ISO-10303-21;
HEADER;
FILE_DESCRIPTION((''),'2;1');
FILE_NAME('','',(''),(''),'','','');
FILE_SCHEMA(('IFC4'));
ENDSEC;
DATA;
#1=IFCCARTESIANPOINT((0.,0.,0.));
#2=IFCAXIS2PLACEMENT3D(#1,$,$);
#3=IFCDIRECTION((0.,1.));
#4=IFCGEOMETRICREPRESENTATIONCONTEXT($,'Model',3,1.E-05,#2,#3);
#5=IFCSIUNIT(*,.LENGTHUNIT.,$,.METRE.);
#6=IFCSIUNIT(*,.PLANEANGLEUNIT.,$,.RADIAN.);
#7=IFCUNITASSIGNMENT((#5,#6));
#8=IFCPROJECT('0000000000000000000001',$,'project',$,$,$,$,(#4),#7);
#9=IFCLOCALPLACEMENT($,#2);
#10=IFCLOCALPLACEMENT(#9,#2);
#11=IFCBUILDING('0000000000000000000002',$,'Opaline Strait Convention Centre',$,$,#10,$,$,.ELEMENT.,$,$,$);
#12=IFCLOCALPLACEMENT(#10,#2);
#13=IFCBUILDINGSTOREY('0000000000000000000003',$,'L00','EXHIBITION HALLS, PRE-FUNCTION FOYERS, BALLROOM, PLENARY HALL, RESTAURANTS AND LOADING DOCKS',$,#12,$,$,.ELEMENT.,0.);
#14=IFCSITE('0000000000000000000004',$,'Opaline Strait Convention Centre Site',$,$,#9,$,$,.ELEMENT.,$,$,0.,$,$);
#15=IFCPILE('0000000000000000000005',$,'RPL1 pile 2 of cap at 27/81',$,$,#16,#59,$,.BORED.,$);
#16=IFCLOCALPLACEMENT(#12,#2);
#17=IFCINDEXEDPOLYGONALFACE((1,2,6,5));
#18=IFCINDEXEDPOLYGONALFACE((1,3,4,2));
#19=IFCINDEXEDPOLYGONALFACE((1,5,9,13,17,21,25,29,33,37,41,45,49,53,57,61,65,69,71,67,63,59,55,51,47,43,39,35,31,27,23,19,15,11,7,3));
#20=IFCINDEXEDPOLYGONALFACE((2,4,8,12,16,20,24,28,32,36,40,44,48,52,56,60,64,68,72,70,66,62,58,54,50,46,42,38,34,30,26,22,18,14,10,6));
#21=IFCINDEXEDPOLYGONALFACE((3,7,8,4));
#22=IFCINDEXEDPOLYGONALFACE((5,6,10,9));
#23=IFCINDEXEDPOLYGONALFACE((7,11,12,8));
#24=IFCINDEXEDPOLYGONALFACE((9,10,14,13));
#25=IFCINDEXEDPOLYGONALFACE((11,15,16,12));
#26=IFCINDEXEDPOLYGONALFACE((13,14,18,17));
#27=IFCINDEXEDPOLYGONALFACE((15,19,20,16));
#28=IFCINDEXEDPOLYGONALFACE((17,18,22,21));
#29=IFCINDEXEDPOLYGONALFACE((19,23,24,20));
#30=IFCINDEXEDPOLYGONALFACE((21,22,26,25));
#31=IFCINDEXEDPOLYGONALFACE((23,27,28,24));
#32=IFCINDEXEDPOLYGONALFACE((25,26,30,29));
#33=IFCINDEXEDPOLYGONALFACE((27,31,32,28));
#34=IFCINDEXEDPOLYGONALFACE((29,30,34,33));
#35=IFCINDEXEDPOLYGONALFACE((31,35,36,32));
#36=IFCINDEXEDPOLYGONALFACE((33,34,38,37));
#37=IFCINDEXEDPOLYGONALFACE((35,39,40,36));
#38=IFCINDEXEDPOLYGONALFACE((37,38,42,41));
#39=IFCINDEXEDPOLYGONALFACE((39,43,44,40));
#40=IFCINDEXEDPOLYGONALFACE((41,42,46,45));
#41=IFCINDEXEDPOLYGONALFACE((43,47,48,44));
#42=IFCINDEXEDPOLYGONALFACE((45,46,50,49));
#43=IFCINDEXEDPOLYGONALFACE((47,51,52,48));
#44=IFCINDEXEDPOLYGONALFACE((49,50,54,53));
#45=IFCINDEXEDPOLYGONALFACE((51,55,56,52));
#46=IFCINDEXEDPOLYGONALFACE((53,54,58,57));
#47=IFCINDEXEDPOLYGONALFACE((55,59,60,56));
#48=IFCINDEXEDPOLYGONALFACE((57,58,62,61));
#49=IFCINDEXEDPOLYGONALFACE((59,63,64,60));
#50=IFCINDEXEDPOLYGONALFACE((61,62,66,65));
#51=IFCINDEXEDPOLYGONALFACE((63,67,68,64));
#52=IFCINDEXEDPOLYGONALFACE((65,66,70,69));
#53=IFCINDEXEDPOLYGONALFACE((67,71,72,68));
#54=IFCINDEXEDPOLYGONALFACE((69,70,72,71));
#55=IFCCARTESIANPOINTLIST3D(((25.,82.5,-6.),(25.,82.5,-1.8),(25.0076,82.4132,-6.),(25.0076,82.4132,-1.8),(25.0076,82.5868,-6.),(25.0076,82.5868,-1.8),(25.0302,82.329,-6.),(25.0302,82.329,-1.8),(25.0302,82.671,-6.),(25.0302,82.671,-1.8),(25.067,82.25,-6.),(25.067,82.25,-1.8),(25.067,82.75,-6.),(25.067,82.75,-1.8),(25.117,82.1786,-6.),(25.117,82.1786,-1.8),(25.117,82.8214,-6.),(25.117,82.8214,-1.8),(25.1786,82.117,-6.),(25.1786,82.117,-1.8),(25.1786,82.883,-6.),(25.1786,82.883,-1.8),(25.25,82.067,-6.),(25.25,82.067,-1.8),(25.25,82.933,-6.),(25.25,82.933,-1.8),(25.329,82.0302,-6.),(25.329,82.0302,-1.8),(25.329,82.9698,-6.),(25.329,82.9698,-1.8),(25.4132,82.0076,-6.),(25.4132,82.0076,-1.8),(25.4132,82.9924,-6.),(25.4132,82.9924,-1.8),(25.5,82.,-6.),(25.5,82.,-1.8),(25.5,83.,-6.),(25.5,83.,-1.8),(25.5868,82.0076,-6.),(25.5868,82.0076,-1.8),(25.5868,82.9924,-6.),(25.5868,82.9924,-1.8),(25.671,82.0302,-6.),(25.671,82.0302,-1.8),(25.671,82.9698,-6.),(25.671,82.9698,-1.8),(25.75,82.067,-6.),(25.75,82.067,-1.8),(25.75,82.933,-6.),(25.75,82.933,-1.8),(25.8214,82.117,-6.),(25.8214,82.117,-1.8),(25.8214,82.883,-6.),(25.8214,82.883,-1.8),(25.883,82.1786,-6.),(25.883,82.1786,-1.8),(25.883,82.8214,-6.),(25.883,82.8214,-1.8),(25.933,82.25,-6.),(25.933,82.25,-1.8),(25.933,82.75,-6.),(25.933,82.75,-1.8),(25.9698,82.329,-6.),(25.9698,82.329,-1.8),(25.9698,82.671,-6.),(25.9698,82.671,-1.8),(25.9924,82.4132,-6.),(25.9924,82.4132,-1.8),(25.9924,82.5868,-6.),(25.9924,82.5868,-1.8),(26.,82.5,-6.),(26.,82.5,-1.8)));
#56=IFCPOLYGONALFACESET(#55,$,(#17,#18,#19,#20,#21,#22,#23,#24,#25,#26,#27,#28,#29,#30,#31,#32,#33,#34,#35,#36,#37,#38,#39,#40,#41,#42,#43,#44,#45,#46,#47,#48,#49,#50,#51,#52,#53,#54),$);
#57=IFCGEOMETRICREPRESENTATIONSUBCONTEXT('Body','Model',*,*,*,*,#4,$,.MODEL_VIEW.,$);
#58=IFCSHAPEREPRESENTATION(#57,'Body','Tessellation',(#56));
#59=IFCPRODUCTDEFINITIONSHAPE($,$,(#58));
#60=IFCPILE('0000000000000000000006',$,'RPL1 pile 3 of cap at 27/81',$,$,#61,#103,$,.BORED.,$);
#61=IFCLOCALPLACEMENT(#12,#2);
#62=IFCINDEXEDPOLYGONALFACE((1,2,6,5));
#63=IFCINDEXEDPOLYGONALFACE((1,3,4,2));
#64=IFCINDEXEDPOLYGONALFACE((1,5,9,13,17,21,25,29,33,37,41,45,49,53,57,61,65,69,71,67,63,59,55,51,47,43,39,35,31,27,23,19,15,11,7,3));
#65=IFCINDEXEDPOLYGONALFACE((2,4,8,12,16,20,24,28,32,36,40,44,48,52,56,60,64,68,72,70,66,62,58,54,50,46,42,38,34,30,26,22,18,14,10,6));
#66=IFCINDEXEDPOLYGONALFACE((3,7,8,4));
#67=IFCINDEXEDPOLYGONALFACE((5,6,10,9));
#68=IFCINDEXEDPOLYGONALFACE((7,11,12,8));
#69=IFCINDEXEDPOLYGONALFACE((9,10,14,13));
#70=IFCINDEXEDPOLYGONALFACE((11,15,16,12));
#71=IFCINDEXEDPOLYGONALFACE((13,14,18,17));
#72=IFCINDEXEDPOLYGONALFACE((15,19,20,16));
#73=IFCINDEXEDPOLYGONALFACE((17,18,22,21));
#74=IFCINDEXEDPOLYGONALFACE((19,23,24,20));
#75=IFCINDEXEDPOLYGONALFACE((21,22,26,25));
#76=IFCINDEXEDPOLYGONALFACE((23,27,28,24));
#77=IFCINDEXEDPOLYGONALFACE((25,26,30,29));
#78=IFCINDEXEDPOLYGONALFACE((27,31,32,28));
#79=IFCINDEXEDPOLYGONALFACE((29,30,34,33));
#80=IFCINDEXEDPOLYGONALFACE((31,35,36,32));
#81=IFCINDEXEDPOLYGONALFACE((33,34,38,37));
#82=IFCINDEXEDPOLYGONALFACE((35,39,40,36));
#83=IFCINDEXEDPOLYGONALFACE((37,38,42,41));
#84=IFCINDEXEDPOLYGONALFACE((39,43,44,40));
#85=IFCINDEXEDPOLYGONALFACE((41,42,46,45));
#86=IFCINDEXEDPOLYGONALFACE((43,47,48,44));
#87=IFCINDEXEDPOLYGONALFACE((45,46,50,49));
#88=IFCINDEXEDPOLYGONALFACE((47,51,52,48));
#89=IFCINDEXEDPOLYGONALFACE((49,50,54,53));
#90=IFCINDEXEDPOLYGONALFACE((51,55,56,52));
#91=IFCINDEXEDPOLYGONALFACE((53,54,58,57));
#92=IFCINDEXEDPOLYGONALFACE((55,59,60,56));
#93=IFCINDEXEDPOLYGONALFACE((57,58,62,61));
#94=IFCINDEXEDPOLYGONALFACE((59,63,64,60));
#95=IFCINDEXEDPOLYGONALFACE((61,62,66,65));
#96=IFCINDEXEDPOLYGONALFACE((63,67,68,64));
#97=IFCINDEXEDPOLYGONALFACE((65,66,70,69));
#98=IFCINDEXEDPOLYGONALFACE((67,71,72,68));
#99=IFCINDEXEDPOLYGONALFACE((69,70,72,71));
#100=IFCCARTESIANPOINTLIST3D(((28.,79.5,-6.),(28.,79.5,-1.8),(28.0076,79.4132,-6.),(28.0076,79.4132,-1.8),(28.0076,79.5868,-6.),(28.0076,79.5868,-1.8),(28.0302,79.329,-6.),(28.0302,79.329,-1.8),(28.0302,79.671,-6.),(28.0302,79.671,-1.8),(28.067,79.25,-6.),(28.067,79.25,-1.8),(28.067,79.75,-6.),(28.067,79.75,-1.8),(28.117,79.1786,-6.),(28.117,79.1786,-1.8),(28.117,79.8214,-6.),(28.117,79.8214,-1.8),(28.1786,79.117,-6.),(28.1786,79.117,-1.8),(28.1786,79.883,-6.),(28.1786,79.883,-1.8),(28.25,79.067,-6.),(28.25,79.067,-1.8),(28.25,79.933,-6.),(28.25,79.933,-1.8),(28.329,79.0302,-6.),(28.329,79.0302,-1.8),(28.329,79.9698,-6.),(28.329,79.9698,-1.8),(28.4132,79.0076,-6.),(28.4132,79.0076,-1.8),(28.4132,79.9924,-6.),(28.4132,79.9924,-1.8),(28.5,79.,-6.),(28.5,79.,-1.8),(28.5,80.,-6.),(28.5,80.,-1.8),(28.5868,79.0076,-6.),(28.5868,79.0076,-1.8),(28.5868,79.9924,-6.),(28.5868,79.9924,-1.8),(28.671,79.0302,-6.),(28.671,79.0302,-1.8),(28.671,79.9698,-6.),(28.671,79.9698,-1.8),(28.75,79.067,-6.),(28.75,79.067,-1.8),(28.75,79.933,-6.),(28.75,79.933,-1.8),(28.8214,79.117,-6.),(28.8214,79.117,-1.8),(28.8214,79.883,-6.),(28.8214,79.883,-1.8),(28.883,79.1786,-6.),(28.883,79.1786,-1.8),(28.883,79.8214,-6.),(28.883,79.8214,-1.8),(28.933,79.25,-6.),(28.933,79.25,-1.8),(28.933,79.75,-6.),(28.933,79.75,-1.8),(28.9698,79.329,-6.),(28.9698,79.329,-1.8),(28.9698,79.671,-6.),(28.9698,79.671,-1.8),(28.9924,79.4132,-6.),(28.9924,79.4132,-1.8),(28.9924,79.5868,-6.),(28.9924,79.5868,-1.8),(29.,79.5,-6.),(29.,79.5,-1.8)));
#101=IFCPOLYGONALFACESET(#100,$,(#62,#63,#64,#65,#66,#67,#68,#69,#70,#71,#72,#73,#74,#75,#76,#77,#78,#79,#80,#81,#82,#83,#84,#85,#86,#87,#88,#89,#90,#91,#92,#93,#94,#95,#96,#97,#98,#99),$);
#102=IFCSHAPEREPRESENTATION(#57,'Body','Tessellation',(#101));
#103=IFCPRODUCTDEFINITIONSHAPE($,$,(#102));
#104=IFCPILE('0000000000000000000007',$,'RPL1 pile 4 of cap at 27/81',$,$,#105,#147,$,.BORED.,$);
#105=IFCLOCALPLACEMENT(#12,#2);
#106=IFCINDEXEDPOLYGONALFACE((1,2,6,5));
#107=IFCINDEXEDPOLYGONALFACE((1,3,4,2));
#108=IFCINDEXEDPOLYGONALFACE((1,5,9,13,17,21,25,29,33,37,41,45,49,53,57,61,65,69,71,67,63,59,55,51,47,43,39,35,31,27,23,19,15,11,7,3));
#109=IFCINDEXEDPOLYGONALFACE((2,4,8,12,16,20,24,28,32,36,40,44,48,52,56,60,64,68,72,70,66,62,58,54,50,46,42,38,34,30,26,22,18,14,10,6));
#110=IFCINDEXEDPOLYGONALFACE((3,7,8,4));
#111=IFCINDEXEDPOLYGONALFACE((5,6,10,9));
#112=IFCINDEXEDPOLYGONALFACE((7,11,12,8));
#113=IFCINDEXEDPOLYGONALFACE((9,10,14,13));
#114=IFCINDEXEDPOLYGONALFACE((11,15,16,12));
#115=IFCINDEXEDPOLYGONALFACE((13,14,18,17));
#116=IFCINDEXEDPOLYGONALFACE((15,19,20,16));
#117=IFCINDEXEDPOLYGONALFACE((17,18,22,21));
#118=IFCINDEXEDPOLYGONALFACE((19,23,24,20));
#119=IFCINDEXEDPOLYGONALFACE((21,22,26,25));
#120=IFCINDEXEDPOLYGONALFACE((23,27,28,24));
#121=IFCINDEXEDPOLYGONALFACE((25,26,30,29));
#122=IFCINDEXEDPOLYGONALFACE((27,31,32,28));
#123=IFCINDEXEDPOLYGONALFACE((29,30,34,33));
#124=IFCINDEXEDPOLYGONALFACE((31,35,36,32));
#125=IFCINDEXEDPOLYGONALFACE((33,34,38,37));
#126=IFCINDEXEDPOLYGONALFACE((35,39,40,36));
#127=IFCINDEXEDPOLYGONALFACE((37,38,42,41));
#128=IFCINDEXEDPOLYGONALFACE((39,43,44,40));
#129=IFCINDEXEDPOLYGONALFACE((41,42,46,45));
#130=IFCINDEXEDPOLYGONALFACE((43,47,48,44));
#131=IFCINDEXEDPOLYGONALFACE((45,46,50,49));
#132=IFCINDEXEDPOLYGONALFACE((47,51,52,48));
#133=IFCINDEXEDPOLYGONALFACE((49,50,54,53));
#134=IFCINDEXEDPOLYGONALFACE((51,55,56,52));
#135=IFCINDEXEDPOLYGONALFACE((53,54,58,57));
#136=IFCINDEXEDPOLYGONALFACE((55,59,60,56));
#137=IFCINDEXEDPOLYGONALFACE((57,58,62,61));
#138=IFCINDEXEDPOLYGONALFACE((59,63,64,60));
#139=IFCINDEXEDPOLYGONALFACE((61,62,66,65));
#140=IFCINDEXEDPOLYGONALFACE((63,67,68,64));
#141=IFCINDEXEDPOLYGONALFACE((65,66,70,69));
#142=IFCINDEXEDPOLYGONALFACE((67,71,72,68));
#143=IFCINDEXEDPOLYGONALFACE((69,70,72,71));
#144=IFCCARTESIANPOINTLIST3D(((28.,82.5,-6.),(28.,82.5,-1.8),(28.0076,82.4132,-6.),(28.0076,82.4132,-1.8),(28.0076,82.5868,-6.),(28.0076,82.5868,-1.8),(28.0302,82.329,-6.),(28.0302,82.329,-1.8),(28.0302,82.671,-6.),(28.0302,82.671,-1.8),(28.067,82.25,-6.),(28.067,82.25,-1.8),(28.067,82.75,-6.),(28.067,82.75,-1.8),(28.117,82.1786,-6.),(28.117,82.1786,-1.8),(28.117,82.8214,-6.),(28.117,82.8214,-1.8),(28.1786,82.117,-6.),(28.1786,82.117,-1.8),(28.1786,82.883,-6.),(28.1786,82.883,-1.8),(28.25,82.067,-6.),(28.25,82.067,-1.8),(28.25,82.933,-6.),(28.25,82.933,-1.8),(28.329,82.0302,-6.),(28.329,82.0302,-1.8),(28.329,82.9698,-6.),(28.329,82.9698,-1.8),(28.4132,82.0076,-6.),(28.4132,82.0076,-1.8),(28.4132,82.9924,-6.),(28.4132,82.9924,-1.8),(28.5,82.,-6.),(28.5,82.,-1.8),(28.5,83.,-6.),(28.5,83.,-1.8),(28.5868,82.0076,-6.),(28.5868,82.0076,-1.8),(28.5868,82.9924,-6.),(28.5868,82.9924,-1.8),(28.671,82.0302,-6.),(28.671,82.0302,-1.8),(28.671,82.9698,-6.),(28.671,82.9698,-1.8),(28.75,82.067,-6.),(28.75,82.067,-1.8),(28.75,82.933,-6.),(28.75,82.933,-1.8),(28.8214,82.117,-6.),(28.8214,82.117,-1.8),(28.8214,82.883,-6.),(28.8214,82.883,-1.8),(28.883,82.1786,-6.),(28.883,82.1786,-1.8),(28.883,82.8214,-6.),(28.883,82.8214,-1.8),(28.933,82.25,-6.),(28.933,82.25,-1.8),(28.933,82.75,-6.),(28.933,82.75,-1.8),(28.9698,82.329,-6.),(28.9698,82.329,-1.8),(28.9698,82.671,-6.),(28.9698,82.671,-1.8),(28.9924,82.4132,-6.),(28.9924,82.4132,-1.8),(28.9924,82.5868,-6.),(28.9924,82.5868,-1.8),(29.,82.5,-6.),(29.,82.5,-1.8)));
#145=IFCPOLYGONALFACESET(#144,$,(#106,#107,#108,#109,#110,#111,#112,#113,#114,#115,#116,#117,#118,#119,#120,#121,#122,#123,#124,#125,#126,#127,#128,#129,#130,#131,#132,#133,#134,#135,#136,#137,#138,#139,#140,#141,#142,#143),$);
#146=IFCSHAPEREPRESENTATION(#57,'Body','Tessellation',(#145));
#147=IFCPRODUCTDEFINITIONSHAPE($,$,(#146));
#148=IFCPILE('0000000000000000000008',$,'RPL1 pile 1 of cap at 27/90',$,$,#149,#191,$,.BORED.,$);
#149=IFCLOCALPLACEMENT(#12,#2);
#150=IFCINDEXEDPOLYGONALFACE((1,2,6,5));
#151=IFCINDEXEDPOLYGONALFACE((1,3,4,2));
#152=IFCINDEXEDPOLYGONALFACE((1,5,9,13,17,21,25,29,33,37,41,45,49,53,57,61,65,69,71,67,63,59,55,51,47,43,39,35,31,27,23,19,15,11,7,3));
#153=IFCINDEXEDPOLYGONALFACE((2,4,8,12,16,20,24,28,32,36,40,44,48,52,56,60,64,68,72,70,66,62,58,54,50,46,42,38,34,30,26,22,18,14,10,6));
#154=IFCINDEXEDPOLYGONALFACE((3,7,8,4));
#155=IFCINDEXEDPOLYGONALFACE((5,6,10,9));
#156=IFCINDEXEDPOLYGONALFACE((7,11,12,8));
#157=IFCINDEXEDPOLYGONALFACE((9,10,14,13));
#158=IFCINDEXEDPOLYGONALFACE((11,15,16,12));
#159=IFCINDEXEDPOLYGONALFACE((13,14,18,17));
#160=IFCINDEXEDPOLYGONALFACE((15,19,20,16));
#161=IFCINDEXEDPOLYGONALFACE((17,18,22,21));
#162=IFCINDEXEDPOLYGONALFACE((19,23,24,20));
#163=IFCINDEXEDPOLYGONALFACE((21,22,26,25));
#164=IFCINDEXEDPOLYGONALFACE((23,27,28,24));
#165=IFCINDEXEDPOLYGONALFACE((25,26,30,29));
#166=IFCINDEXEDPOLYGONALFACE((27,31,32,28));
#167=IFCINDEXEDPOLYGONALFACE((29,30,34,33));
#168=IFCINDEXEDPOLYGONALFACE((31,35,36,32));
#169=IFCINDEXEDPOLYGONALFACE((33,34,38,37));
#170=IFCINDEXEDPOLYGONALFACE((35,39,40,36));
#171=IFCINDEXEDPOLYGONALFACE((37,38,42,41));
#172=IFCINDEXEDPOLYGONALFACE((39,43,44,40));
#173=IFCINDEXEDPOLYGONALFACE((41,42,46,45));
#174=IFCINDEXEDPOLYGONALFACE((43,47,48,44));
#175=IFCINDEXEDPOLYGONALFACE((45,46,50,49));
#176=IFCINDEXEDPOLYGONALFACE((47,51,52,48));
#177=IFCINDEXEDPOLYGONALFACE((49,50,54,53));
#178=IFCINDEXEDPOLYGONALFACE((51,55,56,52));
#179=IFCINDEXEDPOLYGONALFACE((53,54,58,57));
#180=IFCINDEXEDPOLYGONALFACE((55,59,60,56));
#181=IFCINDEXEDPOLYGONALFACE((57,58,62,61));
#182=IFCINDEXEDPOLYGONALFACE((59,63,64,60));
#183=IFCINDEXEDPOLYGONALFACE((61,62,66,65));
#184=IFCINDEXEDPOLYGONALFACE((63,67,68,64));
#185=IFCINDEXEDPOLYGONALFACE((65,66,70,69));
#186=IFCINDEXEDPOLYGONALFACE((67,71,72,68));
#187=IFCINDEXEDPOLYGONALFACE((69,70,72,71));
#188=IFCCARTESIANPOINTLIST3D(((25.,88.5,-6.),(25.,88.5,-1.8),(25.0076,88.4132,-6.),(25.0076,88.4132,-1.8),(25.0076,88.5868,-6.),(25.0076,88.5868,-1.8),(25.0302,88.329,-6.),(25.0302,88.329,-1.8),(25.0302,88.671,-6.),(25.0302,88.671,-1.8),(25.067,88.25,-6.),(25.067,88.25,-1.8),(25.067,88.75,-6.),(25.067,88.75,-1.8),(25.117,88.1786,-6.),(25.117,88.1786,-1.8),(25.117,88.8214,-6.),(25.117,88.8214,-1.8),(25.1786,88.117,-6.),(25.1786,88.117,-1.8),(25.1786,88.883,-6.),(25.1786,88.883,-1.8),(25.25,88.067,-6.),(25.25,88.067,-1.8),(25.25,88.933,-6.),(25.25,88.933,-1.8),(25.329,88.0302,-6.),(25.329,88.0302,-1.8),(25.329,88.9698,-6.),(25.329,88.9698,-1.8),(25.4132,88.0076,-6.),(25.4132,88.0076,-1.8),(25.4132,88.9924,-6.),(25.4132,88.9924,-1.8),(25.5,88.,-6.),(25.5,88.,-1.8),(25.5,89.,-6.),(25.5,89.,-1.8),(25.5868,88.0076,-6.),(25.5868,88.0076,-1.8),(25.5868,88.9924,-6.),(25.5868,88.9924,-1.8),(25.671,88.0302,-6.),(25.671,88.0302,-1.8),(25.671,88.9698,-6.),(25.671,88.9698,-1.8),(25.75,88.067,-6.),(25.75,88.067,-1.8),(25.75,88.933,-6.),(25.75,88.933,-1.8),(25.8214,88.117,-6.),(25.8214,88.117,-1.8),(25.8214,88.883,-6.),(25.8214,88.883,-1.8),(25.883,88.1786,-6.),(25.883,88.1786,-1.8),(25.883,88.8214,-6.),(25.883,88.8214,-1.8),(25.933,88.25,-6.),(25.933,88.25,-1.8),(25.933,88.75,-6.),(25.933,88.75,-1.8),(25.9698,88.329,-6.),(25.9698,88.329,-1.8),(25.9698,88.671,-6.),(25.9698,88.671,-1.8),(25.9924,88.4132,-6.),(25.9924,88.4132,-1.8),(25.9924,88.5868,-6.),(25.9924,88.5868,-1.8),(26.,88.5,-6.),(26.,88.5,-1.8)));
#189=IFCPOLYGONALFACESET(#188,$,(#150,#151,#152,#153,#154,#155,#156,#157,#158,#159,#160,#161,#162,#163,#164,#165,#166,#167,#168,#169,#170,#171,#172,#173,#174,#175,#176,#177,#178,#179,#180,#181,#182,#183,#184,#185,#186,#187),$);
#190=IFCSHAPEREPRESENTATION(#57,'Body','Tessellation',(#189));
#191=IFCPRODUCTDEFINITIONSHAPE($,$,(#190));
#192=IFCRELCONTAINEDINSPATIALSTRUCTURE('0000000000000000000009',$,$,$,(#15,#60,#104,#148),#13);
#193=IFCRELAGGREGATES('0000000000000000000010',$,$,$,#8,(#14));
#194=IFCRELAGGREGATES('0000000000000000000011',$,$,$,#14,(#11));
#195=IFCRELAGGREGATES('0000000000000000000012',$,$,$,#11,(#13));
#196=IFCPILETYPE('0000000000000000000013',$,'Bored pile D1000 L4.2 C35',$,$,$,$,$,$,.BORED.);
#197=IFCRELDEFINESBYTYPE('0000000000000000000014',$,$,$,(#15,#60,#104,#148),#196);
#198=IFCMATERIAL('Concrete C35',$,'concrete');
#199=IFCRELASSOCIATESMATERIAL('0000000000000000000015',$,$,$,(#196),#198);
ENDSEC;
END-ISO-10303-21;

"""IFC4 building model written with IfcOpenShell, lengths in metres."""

from ifc_helpers import new_model, si_unit, direction, frame, origin, origin_2d, place, context, subcontext, project, spatial, circle, extrude, material, material_profile, profile_set, type_object, element, save


model = new_model("IFC4")

# Units and contexts
model_context = context("Model", 3, precision=1e-05, world=origin(), true_north=direction((0.0, 1.0)))
body_context = subcontext(model_context, "Body", "Model", "MODEL_VIEW")
ifc_project = project(units=[si_unit("LENGTHUNIT", "METRE"), si_unit("PLANEANGLEUNIT", "RADIAN")], contexts=[model_context])

# Site, building, storey
site_placement = place(None, origin())
site = spatial("IfcSite", under=ifc_project, at=site_placement, Name="Opaline Strait Convention Centre Site", CompositionType="ELEMENT", RefElevation=0.0)
building_placement = place(site_placement, origin())
building = spatial("IfcBuilding", under=site, at=building_placement, Name="Opaline Strait Convention Centre", CompositionType="ELEMENT")
storey_placement = place(building_placement, origin())
storey = spatial("IfcBuildingStorey", under=building, at=storey_placement, Name="L00", Description="EXHIBITION HALLS, PRE-FUNCTION FOYERS, BALLROOM, PLENARY HALL, RESTAURANTS AND LOADING DOCKS", CompositionType="ELEMENT", Elevation=0.0)

# Piles
ifc_material_1 = material(Name="Concrete C35", Category="concrete")
ifc_material_profile_1 = material_profile(ifc_material_1, circle(Radius=0.5, at=origin_2d()), Name="D1000")
ifc_profile_set_1 = profile_set([ifc_material_profile_1], Name="Concrete C35")
pile_type = type_object("IfcPileType", Name="Bored pile D1000 L4.2 C35", PredefinedType="BORED", material=ifc_profile_set_1)
for number, where, z_axis, x_axis, name in (
    (1, (25.5, 82.5, -1.8), (0.0, 0.0, -1.0), (1.0, 0.0, 0.0), "RPL1 pile 2 of cap at 27/81"),
    (2, (28.5, 79.5, -1.8), (0.0, 0.0, -1.0), (1.0, 0.0, 0.0), "RPL1 pile 3 of cap at 27/81"),
    (3, (28.5, 82.5, -1.8), (0.0, 0.0, -1.0), (1.0, 0.0, 0.0), "RPL1 pile 4 of cap at 27/81"),
    (4, (25.5, 88.5, -1.8), (0.0, 0.0, -1.0), (1.0, 0.0, 0.0), "RPL1 pile 1 of cap at 27/90"),
):
    element("IfcPile", number, at=place(storey_placement, frame(where, z_axis=z_axis, x_axis=x_axis)), inside=storey, type_object=pile_type, Name=name, PredefinedType="BORED", context=body_context, shape_type="SweptSolid", body=[
        extrude(circle(Radius=0.5, at=origin_2d()), origin(), (0.0, 0.0, 1.0), 4.2),
    ])

save(model, "model.ifc")
